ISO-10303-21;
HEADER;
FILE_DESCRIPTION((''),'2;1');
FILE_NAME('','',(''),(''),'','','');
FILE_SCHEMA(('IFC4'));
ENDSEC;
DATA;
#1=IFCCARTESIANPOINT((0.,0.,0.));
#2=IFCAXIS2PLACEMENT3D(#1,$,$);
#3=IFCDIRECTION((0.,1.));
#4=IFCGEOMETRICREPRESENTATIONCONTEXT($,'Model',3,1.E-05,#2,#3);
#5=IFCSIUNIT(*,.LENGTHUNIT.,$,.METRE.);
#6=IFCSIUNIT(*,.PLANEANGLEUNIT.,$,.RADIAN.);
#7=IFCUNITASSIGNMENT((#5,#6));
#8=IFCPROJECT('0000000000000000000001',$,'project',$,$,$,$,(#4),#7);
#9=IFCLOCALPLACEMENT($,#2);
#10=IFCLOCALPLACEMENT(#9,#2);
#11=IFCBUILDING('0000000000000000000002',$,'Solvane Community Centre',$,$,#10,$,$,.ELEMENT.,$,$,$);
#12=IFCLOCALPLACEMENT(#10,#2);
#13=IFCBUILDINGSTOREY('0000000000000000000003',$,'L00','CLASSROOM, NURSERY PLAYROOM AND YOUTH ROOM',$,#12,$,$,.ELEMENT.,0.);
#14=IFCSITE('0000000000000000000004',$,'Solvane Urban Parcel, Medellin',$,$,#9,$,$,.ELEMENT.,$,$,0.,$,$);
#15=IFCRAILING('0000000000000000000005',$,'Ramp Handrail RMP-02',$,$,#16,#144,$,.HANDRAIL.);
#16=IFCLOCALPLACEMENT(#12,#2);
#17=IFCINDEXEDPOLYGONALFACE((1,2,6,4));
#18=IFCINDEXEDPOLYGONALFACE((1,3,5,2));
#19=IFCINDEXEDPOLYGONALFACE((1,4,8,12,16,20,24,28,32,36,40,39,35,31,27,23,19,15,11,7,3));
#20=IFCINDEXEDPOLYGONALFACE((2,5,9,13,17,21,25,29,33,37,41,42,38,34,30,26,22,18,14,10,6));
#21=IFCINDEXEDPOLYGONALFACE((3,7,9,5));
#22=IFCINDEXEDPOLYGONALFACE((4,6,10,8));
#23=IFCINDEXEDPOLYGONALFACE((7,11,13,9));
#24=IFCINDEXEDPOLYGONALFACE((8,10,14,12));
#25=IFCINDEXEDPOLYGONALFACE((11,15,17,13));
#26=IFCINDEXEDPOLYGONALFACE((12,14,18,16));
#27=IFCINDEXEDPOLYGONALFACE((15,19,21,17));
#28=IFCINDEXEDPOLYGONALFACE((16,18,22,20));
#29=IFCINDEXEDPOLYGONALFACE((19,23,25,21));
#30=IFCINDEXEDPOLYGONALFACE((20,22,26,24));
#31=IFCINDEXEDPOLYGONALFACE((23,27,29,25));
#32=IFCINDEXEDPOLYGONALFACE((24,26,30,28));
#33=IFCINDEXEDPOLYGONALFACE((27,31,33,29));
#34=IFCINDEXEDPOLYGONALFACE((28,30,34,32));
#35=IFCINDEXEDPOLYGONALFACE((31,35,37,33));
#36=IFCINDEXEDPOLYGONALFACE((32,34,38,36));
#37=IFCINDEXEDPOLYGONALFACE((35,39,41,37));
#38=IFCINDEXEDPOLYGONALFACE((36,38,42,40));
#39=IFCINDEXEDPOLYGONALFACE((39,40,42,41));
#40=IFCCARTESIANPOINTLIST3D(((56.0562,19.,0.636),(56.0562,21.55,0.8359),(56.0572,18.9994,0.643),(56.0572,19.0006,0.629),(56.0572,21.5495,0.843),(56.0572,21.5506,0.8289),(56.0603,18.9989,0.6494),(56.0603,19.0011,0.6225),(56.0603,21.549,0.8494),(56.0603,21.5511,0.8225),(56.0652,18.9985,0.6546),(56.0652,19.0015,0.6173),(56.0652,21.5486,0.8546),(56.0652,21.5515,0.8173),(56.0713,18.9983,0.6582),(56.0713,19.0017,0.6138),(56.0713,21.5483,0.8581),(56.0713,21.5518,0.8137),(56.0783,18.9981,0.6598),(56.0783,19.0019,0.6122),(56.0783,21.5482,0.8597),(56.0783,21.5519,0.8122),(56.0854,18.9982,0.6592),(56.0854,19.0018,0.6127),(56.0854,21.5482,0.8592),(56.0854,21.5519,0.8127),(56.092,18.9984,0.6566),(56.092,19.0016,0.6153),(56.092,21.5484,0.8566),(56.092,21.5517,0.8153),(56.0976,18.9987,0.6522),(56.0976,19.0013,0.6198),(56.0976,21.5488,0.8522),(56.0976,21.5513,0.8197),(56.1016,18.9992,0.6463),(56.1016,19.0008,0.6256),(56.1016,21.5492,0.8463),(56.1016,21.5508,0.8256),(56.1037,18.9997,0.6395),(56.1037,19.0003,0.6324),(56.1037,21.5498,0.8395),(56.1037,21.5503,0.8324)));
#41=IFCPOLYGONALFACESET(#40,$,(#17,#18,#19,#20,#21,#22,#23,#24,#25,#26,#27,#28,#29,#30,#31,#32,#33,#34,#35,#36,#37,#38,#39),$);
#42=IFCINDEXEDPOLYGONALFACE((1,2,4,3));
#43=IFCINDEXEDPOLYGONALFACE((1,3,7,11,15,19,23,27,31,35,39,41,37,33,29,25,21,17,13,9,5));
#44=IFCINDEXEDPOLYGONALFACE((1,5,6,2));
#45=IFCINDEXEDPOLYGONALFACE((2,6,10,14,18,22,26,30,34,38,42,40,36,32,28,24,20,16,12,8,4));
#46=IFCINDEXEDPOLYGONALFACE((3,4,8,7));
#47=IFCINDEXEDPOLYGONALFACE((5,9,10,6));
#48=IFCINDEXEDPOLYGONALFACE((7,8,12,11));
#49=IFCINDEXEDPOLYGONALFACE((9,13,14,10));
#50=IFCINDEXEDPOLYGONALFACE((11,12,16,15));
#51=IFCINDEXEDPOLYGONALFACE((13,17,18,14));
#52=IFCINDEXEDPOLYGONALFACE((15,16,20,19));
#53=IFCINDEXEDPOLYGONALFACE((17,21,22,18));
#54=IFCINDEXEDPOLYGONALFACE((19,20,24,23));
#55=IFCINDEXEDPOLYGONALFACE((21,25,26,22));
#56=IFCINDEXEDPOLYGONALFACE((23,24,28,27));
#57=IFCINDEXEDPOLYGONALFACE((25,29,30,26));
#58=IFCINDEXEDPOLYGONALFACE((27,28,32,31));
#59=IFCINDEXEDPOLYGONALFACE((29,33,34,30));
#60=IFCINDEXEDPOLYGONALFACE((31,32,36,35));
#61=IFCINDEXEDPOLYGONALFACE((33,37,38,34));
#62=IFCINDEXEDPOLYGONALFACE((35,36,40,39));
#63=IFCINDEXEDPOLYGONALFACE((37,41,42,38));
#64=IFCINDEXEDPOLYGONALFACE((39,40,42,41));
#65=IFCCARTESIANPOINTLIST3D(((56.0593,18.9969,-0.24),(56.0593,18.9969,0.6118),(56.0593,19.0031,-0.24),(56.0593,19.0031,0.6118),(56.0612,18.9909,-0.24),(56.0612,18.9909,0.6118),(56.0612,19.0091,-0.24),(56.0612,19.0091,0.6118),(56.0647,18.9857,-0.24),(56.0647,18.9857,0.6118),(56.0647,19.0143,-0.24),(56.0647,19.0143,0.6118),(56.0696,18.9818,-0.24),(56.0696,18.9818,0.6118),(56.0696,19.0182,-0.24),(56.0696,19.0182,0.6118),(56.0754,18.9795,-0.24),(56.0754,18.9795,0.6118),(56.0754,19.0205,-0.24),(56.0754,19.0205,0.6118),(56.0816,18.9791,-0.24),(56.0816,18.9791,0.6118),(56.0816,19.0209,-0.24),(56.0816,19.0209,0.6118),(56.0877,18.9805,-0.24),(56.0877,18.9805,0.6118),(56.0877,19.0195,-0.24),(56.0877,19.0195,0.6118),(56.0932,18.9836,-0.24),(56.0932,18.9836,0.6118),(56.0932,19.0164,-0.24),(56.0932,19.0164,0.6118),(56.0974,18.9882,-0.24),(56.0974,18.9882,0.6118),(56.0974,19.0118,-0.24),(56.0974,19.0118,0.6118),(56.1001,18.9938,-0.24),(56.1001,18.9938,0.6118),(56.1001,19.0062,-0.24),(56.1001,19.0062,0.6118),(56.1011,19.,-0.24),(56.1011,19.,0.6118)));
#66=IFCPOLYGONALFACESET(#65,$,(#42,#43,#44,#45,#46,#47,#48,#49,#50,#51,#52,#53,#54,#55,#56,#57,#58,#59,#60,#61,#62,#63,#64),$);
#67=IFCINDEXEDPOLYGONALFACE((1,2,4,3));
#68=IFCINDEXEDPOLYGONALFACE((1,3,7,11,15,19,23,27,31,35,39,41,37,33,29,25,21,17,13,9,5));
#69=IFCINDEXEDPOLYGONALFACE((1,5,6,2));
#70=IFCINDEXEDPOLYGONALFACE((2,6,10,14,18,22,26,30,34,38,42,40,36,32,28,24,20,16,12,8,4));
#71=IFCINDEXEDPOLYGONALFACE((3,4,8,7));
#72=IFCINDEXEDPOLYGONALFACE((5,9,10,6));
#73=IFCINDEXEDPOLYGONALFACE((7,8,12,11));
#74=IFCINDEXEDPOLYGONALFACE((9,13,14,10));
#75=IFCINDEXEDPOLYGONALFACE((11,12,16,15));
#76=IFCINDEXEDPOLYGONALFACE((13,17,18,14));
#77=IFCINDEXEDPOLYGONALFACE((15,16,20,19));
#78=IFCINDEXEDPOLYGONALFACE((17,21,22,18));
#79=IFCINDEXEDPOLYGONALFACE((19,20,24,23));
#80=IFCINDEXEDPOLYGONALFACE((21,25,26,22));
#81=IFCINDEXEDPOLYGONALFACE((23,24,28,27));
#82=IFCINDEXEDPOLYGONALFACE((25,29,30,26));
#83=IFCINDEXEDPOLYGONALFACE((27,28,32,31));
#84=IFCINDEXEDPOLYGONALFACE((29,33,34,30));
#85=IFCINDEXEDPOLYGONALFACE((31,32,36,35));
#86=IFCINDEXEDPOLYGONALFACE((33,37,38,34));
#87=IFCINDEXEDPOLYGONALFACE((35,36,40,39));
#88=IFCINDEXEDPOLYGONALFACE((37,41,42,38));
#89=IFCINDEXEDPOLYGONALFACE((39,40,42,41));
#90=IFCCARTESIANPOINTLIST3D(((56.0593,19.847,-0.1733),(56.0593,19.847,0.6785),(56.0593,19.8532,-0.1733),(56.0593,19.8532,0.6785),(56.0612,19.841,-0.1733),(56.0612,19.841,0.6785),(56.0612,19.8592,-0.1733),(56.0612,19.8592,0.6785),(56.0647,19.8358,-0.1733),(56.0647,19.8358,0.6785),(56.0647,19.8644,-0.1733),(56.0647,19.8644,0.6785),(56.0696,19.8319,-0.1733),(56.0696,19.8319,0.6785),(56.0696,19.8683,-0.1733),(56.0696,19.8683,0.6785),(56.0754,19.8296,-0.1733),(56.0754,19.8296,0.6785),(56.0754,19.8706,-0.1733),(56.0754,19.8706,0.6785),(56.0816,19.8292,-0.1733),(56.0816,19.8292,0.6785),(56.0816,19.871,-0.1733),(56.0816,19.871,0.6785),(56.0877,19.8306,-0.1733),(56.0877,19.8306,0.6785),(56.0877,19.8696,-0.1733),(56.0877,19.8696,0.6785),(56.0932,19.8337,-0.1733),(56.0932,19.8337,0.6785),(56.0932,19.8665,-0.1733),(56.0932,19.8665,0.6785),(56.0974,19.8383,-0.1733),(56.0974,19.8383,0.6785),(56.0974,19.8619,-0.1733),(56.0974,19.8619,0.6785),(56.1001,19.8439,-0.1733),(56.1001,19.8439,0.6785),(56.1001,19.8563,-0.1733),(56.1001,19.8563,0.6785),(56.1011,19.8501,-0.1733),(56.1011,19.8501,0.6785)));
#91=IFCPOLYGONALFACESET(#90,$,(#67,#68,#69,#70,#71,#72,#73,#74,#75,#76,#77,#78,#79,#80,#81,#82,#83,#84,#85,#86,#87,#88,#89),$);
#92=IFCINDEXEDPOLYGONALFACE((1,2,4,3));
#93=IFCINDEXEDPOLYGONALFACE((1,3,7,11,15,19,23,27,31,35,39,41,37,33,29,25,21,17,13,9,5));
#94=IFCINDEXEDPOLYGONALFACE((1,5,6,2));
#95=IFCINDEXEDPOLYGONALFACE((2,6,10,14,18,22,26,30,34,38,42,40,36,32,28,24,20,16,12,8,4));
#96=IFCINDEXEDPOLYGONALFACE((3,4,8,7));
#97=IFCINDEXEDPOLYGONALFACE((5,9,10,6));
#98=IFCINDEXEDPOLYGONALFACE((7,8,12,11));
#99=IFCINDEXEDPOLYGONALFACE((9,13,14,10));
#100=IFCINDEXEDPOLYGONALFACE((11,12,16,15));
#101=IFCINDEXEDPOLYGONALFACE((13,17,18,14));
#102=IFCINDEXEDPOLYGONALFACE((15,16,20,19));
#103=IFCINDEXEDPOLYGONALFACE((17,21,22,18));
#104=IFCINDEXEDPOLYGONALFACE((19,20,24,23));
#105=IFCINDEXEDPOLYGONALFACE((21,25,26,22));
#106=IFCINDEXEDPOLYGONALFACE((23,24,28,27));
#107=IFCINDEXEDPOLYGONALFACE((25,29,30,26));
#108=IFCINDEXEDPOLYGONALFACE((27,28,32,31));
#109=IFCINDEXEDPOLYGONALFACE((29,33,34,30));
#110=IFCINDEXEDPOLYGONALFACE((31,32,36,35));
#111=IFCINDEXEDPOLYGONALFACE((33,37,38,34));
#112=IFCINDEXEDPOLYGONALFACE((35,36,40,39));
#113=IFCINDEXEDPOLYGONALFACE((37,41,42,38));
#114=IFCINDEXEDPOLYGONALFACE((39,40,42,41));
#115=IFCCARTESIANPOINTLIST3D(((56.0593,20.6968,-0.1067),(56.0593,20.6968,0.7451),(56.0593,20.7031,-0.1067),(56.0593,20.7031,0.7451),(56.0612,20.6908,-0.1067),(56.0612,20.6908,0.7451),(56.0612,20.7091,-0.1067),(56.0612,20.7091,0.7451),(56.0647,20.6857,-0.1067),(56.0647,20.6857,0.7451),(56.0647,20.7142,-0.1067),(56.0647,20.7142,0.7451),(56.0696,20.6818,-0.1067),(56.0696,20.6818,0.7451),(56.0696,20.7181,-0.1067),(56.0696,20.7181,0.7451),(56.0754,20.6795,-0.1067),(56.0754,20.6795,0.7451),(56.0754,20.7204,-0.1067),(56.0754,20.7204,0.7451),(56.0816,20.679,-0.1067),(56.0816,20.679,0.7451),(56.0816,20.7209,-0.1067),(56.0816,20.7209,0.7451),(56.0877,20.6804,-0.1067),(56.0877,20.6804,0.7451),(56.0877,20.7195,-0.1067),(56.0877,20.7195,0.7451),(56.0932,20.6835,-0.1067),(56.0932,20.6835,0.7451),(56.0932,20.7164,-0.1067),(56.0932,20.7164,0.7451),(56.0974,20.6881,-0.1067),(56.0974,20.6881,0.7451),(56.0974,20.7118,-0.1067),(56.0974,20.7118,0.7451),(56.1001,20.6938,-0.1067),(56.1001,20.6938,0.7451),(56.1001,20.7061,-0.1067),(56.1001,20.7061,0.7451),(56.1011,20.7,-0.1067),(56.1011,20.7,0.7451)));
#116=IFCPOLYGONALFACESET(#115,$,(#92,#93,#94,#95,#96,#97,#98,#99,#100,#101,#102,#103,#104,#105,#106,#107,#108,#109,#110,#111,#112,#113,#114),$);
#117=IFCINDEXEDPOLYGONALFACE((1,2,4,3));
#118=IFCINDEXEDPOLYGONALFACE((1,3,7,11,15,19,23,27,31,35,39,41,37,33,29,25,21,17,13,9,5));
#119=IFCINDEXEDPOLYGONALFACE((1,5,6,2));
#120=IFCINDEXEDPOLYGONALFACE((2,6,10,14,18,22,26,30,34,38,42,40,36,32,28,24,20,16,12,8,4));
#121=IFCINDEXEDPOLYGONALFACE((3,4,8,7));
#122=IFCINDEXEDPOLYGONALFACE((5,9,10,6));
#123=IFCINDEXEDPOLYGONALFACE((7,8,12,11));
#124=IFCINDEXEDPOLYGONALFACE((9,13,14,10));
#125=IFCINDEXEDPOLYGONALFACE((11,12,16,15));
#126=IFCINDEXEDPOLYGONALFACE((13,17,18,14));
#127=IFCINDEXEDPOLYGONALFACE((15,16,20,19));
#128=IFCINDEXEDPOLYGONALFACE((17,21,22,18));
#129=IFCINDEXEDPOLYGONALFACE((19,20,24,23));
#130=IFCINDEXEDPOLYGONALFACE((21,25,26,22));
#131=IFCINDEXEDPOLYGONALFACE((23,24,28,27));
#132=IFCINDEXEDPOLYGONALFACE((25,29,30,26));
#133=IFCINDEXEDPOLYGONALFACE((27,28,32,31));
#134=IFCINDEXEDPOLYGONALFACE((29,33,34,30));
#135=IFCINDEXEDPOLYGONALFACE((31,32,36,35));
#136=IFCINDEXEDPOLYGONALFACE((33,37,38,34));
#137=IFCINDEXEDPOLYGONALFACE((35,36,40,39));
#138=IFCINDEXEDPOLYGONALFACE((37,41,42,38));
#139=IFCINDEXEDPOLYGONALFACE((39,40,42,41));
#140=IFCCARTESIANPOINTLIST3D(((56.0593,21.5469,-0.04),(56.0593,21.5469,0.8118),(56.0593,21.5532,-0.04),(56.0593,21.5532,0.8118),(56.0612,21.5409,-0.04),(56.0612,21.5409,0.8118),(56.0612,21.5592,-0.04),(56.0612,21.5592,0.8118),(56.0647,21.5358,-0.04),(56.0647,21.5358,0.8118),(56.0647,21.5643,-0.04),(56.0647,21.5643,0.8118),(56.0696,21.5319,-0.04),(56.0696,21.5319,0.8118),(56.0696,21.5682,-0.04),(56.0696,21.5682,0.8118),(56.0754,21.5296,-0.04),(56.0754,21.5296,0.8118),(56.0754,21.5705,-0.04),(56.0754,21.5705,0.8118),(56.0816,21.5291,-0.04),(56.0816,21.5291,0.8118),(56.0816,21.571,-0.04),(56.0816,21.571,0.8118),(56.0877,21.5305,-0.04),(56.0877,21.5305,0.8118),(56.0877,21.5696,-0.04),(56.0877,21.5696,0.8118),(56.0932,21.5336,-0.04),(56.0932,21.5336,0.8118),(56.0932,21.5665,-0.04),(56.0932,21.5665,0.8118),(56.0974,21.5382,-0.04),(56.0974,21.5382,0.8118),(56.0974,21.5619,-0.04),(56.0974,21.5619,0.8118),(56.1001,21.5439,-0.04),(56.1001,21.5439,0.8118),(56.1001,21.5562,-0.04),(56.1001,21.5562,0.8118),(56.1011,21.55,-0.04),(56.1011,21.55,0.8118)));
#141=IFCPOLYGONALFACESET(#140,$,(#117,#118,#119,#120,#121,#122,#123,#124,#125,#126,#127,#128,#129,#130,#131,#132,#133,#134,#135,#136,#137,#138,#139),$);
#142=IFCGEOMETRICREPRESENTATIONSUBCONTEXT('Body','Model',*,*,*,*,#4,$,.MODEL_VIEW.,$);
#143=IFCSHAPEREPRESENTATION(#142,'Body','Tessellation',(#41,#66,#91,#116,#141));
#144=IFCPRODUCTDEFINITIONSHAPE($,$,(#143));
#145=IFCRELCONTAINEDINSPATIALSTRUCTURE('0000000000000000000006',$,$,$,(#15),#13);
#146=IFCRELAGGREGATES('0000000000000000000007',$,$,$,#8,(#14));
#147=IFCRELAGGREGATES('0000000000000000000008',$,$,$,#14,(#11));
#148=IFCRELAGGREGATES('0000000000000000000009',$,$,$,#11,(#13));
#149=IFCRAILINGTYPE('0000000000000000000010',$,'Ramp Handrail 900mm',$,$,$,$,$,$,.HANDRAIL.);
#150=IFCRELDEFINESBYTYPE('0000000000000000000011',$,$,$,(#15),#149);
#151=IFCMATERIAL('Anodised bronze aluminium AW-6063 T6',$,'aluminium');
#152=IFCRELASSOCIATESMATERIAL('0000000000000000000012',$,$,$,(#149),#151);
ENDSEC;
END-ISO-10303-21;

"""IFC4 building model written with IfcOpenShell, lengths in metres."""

from ifc_helpers import new_model, si_unit, direction, frame, origin, origin_2d, place, context, subcontext, project, spatial, circle, extrude, material, type_object, element, save


model = new_model("IFC4")

# Units and contexts
model_context = context("Model", 3, precision=1e-05, world=origin(), true_north=direction((0.0, 1.0)))
body_context = subcontext(model_context, "Body", "Model", "MODEL_VIEW")
ifc_project = project(units=[si_unit("LENGTHUNIT", "METRE"), si_unit("PLANEANGLEUNIT", "RADIAN")], contexts=[model_context])

# Site, building, storey
site_placement = place(None, origin())
site = spatial("IfcSite", under=ifc_project, at=site_placement, Name="Solvane Urban Parcel, Medellin", CompositionType="ELEMENT", RefElevation=0.0)
building_placement = place(site_placement, origin())
building = spatial("IfcBuilding", under=site, at=building_placement, Name="Solvane Community Centre", CompositionType="ELEMENT")
storey_placement = place(building_placement, origin())
storey = spatial("IfcBuildingStorey", under=building, at=storey_placement, Name="L00", Description="CLASSROOM, NURSERY PLAYROOM AND YOUTH ROOM", CompositionType="ELEMENT", Elevation=0.0)

# Railing
ifc_material_1 = material(Name="Anodised bronze aluminium AW-6063 T6", Category="aluminium")
railing_type = type_object("IfcRailingType", Name="Ramp Handrail 900mm", PredefinedType="HANDRAIL", material=ifc_material_1)
for number, where, name in (
    (1, (56.0801, 19.0, -0.24), "Ramp Handrail RMP-02"),
):
    element("IfcRailing", number, at=place(storey_placement, frame(where)), inside=storey, type_object=railing_type, Name=name, PredefinedType="HANDRAIL", context=body_context, shape_type="SweptSolid", body=[
        extrude(circle(Radius=0.0239, at=origin_2d()), frame((0.0, 0.0, 0.876), z_axis=(0.0, 0.99694, 0.078171), x_axis=(-1.0, 0.0, 0.0)), (0.0, 0.0, 1.0), 2.5579),
        extrude(circle(Radius=0.021, at=origin_2d()), origin(), (0.0, 0.0, 1.0), 0.8518),
        extrude(circle(Radius=0.021, at=origin_2d()), frame((0.0, 0.8501, 0.0667)), (0.0, 0.0, 1.0), 0.8518),
        extrude(circle(Radius=0.021, at=origin_2d()), frame((0.0, 1.7, 0.1333)), (0.0, 0.0, 1.0), 0.8518),
        extrude(circle(Radius=0.021, at=origin_2d()), frame((0.0, 2.55, 0.2)), (0.0, 0.0, 1.0), 0.8518),
    ])

save(model, "model.ifc")
